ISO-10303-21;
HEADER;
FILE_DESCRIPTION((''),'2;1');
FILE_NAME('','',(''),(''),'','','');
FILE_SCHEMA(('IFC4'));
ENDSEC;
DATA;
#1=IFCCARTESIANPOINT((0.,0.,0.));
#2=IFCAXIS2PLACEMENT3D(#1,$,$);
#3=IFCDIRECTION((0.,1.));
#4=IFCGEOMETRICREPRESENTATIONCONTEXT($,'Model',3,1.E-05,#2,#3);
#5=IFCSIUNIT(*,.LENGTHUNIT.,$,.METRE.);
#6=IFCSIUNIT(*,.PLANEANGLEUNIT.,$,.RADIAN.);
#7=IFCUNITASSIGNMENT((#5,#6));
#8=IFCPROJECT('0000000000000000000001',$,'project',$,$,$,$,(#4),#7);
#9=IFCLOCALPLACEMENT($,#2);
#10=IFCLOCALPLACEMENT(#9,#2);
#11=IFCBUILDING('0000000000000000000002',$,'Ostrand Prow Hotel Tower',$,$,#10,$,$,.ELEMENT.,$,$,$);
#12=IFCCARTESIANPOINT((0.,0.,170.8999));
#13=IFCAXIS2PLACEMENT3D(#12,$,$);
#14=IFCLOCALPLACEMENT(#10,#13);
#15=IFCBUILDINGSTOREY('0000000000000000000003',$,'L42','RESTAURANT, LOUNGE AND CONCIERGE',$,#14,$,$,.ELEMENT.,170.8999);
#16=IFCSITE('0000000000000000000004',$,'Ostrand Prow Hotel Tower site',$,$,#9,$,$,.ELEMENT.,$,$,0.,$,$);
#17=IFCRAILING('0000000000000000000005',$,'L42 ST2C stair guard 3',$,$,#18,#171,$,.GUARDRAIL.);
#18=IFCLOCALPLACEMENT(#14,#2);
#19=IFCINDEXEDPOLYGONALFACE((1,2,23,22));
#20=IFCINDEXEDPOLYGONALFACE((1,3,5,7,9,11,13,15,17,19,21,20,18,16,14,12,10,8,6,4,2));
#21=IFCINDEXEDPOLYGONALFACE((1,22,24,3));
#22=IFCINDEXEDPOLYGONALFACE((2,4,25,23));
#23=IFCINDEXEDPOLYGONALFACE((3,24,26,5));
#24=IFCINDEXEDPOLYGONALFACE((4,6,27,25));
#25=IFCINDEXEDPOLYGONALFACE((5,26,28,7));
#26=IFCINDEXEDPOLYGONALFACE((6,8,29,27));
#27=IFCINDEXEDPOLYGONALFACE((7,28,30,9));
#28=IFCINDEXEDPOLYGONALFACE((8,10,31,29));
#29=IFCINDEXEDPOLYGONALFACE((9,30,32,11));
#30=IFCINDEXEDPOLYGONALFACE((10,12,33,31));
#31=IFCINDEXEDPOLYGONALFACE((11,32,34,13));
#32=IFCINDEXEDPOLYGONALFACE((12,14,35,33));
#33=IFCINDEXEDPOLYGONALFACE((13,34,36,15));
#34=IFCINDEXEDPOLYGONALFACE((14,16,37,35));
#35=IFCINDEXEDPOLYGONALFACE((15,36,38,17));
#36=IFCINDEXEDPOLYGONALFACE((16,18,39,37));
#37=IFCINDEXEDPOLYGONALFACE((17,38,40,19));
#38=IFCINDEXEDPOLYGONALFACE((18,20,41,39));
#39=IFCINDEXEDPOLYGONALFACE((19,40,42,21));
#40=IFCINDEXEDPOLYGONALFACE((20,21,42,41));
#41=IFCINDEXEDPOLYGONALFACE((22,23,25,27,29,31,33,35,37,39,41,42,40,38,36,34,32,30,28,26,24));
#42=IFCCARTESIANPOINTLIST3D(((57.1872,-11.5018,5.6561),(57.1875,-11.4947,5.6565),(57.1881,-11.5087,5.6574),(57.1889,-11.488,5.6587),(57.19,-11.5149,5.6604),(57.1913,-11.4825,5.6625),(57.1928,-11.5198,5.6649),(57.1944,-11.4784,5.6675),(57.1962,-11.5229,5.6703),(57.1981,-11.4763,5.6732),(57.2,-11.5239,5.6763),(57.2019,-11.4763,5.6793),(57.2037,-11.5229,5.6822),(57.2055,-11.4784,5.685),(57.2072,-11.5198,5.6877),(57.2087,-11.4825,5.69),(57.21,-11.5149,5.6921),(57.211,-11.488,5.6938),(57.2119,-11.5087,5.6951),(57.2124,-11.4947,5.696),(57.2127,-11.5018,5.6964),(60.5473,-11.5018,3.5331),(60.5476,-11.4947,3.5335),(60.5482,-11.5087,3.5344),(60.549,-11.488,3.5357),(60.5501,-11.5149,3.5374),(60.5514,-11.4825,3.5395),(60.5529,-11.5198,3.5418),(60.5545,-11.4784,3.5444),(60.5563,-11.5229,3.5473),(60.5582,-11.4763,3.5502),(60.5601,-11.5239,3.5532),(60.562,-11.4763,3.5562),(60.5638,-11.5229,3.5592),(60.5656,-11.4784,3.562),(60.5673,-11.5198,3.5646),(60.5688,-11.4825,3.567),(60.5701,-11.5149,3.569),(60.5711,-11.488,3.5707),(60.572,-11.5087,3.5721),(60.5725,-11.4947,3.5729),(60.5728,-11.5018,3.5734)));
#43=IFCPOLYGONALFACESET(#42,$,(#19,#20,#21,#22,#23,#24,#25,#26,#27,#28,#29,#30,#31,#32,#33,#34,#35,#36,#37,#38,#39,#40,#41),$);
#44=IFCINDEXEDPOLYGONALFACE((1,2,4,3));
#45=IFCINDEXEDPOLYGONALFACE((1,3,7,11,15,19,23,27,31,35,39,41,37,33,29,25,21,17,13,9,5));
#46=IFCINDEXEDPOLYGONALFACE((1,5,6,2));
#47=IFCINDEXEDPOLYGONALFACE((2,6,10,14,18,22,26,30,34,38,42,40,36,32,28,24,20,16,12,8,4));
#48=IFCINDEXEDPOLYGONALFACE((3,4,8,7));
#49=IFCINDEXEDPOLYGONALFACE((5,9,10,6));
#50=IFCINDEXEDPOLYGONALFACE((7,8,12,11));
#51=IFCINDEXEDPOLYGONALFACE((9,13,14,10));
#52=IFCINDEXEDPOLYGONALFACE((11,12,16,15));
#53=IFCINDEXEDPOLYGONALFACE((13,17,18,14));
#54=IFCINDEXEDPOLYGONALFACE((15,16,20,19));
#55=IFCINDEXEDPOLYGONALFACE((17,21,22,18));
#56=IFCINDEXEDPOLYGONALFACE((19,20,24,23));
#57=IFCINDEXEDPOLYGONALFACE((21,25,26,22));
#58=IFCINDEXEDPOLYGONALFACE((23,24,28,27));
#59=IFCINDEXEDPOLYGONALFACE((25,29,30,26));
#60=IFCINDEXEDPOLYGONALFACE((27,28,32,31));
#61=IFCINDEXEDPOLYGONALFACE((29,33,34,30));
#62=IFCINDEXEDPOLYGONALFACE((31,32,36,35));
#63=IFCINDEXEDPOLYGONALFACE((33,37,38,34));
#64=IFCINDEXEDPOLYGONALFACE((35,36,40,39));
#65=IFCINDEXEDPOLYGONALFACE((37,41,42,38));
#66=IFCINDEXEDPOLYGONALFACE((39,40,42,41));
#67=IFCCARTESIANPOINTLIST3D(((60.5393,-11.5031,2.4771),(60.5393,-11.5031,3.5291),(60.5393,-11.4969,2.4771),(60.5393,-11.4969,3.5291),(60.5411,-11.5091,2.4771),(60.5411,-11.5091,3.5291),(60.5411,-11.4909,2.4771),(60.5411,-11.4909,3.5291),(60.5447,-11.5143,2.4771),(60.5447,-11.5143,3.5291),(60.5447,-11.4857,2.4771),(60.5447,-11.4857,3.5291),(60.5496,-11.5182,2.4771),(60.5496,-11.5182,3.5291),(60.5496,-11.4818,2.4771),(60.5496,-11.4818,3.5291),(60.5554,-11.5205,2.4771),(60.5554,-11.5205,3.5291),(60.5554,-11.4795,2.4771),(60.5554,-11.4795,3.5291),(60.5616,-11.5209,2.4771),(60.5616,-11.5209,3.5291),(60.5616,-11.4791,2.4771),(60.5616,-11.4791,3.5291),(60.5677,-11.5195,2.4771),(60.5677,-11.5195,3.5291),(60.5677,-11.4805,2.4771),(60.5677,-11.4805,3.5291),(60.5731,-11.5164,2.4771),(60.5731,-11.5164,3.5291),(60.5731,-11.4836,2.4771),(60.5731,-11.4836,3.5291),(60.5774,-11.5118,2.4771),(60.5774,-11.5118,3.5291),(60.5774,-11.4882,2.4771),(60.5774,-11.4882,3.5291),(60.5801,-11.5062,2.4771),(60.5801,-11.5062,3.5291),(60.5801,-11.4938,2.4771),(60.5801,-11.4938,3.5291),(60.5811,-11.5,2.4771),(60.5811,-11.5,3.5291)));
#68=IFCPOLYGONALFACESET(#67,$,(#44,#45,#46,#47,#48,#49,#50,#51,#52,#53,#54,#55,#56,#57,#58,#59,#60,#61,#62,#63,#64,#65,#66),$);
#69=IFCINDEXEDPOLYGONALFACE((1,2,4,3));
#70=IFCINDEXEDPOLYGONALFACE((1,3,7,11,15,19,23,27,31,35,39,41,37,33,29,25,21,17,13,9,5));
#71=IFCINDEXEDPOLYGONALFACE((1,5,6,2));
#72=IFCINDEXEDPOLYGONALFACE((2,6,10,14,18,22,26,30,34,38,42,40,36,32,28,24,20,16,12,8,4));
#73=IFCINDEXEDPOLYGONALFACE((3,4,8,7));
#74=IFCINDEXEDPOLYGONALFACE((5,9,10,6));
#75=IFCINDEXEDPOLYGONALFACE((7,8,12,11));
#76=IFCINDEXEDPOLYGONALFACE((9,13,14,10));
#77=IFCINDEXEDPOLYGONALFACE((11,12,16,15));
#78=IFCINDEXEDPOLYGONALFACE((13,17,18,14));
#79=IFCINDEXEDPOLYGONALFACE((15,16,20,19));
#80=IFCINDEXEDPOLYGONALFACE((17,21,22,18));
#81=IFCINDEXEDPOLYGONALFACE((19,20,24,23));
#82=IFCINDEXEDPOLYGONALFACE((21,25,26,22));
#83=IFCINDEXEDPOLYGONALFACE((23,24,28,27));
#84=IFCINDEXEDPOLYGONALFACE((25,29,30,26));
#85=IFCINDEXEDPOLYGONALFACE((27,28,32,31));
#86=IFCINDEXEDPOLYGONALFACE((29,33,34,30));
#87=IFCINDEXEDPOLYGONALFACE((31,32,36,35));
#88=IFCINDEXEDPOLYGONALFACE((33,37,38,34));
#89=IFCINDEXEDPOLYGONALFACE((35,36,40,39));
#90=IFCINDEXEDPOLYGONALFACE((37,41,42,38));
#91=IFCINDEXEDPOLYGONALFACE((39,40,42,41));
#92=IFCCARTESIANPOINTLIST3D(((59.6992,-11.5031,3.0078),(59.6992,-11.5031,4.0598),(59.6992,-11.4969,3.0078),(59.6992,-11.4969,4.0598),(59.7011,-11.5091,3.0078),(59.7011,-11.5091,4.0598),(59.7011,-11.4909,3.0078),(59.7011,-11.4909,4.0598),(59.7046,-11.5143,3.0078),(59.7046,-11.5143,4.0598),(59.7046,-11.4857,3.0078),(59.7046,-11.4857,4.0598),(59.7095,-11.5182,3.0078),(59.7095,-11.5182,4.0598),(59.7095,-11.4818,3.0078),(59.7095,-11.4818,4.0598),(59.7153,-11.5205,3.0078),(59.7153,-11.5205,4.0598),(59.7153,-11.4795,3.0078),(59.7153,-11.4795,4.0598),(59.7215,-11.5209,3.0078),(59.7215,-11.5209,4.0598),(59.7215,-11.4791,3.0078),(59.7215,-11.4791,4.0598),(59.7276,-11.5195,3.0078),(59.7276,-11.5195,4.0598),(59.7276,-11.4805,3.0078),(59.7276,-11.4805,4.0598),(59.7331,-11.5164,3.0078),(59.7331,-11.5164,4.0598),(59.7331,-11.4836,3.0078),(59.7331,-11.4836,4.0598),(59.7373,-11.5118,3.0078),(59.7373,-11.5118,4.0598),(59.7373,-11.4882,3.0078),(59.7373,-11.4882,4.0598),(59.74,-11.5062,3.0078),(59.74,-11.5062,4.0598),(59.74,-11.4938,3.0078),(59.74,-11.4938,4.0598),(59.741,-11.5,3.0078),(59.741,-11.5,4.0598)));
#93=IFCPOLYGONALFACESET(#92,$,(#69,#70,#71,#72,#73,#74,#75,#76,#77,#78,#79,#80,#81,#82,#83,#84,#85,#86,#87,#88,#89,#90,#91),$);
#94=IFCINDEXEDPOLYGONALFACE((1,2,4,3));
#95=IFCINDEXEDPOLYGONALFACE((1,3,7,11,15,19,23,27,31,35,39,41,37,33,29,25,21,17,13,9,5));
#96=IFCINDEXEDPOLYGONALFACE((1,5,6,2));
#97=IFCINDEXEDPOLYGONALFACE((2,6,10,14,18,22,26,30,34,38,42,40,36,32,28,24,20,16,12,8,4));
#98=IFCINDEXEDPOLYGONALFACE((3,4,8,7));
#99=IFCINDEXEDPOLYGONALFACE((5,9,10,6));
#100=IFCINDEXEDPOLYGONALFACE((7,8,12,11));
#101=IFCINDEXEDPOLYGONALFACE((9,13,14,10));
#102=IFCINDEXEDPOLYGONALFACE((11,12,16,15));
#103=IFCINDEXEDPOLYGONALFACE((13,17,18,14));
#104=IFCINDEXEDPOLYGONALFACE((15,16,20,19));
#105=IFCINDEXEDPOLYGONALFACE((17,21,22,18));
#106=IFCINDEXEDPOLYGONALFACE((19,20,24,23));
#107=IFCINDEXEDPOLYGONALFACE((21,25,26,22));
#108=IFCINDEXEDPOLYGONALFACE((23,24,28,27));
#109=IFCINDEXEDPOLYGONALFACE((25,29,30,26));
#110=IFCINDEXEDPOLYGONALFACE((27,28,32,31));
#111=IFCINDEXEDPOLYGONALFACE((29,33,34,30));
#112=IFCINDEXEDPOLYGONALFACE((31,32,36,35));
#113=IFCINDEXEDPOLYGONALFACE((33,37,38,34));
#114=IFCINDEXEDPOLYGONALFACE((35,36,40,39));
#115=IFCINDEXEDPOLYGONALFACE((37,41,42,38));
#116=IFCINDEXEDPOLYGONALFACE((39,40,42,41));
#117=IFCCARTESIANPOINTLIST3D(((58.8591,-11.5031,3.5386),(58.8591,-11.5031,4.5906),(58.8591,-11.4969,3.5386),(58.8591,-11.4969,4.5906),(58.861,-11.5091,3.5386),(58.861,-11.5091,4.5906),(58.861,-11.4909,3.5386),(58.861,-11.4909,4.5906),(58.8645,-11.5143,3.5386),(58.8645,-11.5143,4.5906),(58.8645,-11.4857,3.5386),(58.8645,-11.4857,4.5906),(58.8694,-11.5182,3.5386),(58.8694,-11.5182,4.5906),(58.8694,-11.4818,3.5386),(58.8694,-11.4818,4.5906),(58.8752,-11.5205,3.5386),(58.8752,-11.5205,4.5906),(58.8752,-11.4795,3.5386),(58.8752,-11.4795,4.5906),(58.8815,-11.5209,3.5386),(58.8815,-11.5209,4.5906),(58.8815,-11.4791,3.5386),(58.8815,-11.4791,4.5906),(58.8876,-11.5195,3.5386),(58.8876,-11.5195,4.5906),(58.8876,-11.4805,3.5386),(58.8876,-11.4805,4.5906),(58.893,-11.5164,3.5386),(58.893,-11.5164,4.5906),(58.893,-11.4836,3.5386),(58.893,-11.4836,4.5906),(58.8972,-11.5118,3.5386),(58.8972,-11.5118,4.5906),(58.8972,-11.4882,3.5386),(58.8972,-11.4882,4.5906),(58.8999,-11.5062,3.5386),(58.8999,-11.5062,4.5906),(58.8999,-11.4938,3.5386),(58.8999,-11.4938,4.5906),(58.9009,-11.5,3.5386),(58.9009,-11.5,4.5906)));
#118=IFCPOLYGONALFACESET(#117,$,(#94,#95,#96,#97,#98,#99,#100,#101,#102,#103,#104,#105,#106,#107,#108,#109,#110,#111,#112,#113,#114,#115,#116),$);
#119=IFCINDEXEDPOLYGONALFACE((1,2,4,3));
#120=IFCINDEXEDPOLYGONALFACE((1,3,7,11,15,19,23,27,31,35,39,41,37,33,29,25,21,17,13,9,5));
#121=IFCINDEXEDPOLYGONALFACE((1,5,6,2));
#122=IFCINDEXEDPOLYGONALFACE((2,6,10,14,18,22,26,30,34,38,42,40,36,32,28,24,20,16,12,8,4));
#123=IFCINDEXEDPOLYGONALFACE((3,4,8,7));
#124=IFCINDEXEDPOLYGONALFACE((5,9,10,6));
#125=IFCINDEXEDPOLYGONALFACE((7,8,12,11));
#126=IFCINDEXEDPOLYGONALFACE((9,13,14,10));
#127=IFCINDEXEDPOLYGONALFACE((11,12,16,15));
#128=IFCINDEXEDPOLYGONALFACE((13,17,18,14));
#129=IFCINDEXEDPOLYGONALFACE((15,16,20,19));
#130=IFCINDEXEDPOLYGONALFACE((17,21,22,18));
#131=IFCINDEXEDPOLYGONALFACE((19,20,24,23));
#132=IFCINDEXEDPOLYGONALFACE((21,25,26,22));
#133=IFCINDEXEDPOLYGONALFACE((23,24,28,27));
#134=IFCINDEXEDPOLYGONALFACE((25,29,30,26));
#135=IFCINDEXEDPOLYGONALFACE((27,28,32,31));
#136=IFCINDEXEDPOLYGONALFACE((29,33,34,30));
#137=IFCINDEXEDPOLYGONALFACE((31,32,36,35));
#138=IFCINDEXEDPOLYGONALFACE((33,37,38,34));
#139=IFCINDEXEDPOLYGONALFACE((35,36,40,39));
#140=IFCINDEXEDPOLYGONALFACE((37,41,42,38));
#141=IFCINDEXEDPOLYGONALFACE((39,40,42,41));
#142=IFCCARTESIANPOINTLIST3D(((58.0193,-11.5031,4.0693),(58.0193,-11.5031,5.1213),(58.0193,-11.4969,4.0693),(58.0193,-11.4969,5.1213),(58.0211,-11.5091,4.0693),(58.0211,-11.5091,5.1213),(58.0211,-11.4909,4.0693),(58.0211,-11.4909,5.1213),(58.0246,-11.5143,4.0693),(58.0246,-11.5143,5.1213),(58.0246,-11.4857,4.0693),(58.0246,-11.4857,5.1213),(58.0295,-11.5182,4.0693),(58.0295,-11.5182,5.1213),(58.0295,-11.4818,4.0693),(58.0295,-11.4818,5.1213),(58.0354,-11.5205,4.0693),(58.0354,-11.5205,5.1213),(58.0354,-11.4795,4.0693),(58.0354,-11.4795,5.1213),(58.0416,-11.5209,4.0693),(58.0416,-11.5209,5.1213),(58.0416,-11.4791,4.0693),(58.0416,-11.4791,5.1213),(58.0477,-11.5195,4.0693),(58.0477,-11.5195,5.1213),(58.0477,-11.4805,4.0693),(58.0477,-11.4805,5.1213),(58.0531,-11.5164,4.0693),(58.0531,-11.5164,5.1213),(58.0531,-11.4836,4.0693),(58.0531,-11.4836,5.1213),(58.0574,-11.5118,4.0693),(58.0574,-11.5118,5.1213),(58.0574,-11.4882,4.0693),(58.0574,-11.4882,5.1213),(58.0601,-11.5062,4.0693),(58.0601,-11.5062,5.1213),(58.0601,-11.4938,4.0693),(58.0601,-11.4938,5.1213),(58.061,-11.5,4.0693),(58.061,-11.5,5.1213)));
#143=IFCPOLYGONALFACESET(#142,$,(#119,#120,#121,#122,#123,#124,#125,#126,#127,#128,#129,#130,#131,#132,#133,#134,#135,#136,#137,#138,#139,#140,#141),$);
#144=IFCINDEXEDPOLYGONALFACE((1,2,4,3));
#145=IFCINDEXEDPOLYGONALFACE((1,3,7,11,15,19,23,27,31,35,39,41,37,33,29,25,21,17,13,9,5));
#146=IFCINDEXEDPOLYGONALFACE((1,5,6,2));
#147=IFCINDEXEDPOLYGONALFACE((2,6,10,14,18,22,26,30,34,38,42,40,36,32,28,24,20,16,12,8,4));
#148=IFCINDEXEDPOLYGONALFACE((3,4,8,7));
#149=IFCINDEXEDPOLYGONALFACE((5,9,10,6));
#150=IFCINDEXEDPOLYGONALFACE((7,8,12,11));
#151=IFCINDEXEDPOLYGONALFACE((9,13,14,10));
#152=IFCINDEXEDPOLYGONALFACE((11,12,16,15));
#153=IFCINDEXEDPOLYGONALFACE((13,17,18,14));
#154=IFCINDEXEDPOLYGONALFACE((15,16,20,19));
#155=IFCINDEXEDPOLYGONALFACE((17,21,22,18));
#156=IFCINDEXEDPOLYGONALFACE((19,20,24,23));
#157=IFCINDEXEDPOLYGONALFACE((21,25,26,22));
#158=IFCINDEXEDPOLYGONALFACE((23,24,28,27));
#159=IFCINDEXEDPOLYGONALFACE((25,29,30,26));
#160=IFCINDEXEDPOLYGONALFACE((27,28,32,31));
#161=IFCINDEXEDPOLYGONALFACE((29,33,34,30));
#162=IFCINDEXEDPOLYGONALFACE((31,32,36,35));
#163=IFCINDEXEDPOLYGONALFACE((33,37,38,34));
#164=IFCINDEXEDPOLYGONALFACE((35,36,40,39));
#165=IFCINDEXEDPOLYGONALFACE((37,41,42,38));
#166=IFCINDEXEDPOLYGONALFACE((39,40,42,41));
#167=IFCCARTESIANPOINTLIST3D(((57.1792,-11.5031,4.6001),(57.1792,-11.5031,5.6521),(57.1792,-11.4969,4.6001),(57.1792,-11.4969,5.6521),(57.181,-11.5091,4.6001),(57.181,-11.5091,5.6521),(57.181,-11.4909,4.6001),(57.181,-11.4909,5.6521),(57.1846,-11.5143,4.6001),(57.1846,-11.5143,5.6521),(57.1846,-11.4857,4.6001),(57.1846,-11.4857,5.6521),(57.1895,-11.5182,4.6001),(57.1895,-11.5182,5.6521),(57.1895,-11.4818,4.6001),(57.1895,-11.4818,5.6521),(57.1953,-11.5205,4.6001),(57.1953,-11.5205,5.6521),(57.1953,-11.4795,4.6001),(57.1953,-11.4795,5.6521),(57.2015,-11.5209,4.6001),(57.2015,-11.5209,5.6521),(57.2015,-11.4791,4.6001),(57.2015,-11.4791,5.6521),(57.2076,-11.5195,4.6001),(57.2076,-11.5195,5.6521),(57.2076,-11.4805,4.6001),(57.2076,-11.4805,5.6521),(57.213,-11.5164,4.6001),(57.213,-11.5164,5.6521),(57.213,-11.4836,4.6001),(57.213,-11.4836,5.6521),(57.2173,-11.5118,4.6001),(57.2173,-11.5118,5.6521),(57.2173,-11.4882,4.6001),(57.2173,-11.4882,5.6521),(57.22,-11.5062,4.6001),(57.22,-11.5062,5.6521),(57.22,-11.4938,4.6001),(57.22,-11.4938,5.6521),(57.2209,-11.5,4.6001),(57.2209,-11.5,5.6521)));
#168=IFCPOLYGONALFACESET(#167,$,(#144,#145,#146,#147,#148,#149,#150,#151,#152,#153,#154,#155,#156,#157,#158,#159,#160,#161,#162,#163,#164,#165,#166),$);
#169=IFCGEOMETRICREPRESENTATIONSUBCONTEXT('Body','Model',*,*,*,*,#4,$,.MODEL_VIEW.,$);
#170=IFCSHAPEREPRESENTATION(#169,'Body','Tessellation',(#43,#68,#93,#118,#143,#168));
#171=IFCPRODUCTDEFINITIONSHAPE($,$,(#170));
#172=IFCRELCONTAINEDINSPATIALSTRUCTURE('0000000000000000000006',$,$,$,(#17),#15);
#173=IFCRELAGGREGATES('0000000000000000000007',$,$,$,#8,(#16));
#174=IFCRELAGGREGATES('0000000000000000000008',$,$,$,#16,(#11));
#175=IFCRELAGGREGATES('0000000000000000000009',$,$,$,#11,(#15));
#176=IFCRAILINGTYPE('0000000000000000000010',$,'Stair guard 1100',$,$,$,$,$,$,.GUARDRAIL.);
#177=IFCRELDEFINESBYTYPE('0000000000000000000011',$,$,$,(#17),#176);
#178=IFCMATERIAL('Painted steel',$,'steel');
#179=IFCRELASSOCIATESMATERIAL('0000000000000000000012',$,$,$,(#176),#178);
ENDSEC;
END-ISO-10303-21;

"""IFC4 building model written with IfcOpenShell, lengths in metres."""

from ifc_helpers import new_model, si_unit, direction, frame, origin, origin_2d, place, context, subcontext, project, spatial, circle, extrude, material, type_object, element, save


model = new_model("IFC4")

# Units and contexts
model_context = context("Model", 3, precision=1e-05, world=origin(), true_north=direction((0.0, 1.0)))
body_context = subcontext(model_context, "Body", "Model", "MODEL_VIEW")
ifc_project = project(units=[si_unit("LENGTHUNIT", "METRE"), si_unit("PLANEANGLEUNIT", "RADIAN")], contexts=[model_context])

# Site, building, storey
site_placement = place(None, origin())
site = spatial("IfcSite", under=ifc_project, at=site_placement, Name="Ostrand Prow Hotel Tower site", CompositionType="ELEMENT", RefElevation=0.0)
building_placement = place(site_placement, origin())
building = spatial("IfcBuilding", under=site, at=building_placement, Name="Ostrand Prow Hotel Tower", CompositionType="ELEMENT")
storey_placement = place(building_placement, frame((0.0, 0.0, 170.8999)))
storey = spatial("IfcBuildingStorey", under=building, at=storey_placement, Name="L42", Description="RESTAURANT, LOUNGE AND CONCIERGE", CompositionType="ELEMENT", Elevation=170.8999)

# Railing
ifc_material_1 = material(Name="Painted steel", Category="steel")
railing_type_1 = type_object("IfcRailingType", Name="Stair guard 1100", PredefinedType="GUARDRAIL", material=ifc_material_1)
railing_1_placement = place(storey_placement, frame((60.5601, -11.5, 2.4771)))
element("IfcRailing", 1, at=railing_1_placement, inside=storey, type_object=railing_type_1, Name="L42 ST2C stair guard 3", PredefinedType="GUARDRAIL", context=body_context, shape_type="SweptSolid", body=[
    extrude(circle(Radius=0.0239, at=origin_2d()), frame((0.0, 0.0, 1.0762), z_axis=(-0.84539, 0.0, 0.53415), x_axis=(0.0, -1.0, 0.0)), (0.0, 0.0, 1.0), 3.9746),
    extrude(circle(Radius=0.021, at=origin_2d()), origin(), (0.0, 0.0, 1.0), 1.052),
    extrude(circle(Radius=0.021, at=origin_2d()), frame((-0.8401, 0.0, 0.5308)), (0.0, 0.0, 1.0), 1.052),
    extrude(circle(Radius=0.021, at=origin_2d()), frame((-1.6802, 0.0, 1.0615)), (0.0, 0.0, 1.0), 1.052),
    extrude(circle(Radius=0.021, at=origin_2d()), frame((-2.52, 0.0, 1.5923)), (0.0, 0.0, 1.0), 1.052),
    extrude(circle(Radius=0.021, at=origin_2d()), frame((-3.3601, 0.0, 2.123)), (0.0, 0.0, 1.0), 1.052),
])

save(model, "model.ifc")
